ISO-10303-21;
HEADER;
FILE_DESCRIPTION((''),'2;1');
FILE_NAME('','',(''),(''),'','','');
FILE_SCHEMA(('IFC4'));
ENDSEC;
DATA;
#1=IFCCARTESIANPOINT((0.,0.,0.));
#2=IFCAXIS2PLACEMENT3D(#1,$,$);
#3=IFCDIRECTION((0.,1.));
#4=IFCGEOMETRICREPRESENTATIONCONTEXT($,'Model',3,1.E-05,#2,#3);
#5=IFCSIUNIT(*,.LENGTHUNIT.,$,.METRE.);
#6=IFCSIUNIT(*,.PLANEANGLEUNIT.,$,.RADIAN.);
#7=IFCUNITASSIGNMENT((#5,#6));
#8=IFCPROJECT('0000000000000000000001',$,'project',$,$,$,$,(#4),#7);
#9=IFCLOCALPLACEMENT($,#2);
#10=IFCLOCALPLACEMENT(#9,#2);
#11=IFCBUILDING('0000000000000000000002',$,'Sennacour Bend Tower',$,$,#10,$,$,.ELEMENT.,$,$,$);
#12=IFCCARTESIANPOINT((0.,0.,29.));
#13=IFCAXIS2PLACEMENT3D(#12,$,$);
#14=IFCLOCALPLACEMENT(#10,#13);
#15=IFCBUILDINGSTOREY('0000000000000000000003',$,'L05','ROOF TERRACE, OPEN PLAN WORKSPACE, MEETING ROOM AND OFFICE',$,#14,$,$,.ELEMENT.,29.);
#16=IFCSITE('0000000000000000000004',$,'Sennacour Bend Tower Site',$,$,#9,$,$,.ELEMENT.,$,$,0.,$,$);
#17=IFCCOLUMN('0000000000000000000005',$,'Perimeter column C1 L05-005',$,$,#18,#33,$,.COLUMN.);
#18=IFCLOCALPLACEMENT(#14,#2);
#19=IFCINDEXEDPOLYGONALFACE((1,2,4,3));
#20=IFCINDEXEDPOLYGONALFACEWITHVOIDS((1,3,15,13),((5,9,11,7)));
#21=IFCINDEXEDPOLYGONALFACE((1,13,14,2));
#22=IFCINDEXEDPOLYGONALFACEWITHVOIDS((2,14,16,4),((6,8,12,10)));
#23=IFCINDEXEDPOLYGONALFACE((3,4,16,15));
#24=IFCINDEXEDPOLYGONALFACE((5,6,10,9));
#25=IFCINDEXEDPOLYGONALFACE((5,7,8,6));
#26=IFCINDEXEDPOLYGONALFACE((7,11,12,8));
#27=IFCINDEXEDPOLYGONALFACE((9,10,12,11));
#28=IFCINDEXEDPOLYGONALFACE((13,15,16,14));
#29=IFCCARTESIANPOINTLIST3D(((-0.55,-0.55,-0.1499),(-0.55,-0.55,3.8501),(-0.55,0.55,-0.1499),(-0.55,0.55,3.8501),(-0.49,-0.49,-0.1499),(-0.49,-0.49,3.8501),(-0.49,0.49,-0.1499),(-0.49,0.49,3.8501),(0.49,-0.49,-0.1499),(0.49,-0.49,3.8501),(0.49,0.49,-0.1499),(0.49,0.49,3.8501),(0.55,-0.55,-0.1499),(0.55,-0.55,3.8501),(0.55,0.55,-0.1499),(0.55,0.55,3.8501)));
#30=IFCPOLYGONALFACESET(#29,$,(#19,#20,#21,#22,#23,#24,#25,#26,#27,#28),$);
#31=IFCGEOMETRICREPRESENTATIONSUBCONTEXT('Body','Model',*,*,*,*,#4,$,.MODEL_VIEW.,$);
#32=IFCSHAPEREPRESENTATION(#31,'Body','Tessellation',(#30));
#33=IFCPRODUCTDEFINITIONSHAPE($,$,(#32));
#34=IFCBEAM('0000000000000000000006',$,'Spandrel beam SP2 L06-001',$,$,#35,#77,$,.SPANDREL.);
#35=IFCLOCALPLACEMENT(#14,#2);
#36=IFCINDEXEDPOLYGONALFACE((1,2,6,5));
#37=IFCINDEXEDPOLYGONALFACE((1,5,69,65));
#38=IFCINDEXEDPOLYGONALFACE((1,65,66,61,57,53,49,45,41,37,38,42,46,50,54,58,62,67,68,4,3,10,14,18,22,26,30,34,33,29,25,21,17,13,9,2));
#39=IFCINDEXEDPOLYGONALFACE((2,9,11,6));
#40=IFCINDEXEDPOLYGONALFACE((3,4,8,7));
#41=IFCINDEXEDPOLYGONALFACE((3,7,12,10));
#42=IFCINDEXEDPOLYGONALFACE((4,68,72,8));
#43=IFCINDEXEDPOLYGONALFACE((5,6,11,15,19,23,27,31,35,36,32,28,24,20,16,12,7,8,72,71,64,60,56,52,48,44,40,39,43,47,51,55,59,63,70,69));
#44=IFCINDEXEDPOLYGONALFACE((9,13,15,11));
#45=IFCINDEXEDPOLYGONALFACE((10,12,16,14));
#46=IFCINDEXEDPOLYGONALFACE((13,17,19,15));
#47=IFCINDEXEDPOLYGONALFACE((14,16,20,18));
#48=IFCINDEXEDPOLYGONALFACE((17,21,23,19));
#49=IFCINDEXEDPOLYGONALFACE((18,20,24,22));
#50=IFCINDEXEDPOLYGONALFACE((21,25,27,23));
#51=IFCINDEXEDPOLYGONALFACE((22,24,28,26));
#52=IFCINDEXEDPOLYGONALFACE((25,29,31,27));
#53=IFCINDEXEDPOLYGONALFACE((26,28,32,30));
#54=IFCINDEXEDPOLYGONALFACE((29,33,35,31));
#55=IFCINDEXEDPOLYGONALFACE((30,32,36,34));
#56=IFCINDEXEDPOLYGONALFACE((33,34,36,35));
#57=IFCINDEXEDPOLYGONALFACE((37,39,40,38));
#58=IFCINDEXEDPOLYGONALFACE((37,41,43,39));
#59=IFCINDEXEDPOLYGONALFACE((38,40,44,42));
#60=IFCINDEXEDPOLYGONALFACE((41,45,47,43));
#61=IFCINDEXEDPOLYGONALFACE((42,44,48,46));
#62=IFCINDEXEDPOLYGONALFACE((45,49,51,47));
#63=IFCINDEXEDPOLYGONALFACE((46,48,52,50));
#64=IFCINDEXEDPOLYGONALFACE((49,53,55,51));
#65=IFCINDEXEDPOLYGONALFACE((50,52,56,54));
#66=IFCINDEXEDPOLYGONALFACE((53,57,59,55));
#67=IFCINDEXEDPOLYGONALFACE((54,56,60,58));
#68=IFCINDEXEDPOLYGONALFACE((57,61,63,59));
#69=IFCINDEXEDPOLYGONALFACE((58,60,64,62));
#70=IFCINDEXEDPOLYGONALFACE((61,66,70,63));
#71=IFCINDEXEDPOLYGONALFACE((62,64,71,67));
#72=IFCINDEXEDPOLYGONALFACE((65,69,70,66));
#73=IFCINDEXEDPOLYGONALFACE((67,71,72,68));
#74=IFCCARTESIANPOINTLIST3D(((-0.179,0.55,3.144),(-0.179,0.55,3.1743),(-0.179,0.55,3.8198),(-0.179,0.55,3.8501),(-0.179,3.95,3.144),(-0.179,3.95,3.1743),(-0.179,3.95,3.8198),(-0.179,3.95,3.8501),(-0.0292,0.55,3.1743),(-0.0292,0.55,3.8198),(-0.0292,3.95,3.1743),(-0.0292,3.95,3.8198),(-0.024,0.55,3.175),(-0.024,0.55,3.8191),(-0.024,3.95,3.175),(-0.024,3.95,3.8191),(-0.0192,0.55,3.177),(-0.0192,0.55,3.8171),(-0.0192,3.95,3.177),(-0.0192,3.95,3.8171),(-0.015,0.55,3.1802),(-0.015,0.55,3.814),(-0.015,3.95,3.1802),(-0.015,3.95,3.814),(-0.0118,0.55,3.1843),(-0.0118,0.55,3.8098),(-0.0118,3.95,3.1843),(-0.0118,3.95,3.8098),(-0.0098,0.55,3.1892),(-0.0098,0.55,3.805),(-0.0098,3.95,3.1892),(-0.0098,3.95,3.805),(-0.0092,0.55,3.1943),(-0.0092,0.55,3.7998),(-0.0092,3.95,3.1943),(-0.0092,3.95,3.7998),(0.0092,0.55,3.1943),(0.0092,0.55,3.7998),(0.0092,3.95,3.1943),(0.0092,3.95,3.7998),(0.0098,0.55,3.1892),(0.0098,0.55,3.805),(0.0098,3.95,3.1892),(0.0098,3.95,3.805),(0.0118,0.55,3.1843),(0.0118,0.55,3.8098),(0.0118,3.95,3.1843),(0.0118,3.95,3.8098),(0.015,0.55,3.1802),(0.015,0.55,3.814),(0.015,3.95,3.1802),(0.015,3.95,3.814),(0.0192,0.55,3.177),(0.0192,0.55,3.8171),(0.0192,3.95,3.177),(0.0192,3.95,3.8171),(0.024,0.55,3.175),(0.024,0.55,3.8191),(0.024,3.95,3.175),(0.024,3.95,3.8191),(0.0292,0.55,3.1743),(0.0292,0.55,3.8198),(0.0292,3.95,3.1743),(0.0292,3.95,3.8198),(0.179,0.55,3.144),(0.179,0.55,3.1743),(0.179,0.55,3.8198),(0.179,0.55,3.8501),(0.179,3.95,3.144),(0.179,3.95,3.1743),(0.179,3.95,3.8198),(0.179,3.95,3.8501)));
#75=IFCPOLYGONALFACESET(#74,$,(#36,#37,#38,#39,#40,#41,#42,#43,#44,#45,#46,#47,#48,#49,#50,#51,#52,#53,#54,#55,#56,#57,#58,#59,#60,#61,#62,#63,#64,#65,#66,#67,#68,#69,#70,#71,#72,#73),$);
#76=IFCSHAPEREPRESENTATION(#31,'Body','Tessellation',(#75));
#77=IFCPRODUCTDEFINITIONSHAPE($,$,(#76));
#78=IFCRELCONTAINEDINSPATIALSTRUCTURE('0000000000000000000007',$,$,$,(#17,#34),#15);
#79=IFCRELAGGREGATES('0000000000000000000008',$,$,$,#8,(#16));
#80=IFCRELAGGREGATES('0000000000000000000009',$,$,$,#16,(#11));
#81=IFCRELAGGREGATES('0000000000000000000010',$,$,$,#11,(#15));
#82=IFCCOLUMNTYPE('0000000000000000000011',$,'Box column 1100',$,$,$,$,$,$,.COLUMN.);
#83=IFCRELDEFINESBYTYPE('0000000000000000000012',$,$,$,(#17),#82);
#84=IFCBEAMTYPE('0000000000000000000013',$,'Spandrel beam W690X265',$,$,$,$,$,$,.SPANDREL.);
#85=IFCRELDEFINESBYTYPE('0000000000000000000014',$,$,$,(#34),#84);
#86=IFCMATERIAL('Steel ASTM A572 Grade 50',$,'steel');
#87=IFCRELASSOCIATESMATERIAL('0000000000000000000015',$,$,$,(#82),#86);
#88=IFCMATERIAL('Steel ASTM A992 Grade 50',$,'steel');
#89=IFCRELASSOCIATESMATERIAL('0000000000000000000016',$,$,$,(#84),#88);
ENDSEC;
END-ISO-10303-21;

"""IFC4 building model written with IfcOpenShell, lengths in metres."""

from ifc_helpers import new_model, si_unit, direction, frame, origin, origin_2d, place, context, subcontext, project, spatial, hollow_rectangle, i_section, extrude, material, material_profile, profile_set, type_object, element, save


model = new_model("IFC4")

# Units and contexts
model_context = context("Model", 3, precision=1e-05, world=origin(), true_north=direction((0.0, 1.0)))
body_context = subcontext(model_context, "Body", "Model", "MODEL_VIEW")
ifc_project = project(units=[si_unit("LENGTHUNIT", "METRE"), si_unit("PLANEANGLEUNIT", "RADIAN")], contexts=[model_context])

# Site, building, storey
site_placement = place(None, origin())
site = spatial("IfcSite", under=ifc_project, at=site_placement, Name="Sennacour Bend Tower Site", CompositionType="ELEMENT", RefElevation=0.0)
building_placement = place(site_placement, origin())
building = spatial("IfcBuilding", under=site, at=building_placement, Name="Sennacour Bend Tower", CompositionType="ELEMENT")
storey_placement = place(building_placement, frame((0.0, 0.0, 29.0)))
storey = spatial("IfcBuildingStorey", under=building, at=storey_placement, Name="L05", Description="ROOF TERRACE, OPEN PLAN WORKSPACE, MEETING ROOM AND OFFICE", CompositionType="ELEMENT", Elevation=29.0)

# Column
ifc_material_1 = material(Name="Steel ASTM A572 Grade 50", Category="steel")
ifc_material_profile_1 = material_profile(ifc_material_1, hollow_rectangle(XDim=1.1001, YDim=1.1001, WallThickness=0.0601, at=origin_2d()), Name="Steel ASTM A572 Grade 50", Category="steel")
ifc_profile_set_1 = profile_set([ifc_material_profile_1], Name="Steel ASTM A572 Grade 50")
column_type = type_object("IfcColumnType", Name="Box column 1100", PredefinedType="COLUMN", material=ifc_profile_set_1)
column_placement = place(storey_placement, frame((0.0, 0.0, -0.1499), z_axis=(0.0, 0.0, 1.0), x_axis=(1.0, 0.0, 0.0)))
element("IfcColumn", 1, at=column_placement, inside=storey, type_object=column_type, Name="Perimeter column C1 L05-005", PredefinedType="COLUMN", context=body_context, shape_type="SweptSolid", body=[
    extrude(hollow_rectangle(XDim=1.1001, YDim=1.1001, WallThickness=0.0601, at=origin_2d()), origin(), (0.0, 0.0, 1.0), 4.0),
])

# Beam
ifc_material_2 = material(Name="Steel ASTM A992 Grade 50", Category="steel")
ifc_material_profile_2 = material_profile(ifc_material_2, i_section(OverallWidth=0.3579, OverallDepth=0.7061, WebThickness=0.0183, FlangeThickness=0.0303, FilletRadius=0.02, at=origin_2d()), Name="Steel ASTM A992 Grade 50", Category="steel")
ifc_profile_set_2 = profile_set([ifc_material_profile_2], Name="Steel ASTM A992 Grade 50")
beam_type = type_object("IfcBeamType", Name="Spandrel beam W690X265", PredefinedType="SPANDREL", material=ifc_profile_set_2)
beam_placement = place(storey_placement, frame((0.0, 0.55, 3.4971), z_axis=(0.0, 1.0, 0.0), x_axis=(-1.0, 0.0, 0.0)))
element("IfcBeam", 2, at=beam_placement, inside=storey, type_object=beam_type, Name="Spandrel beam SP2 L06-001", PredefinedType="SPANDREL", context=body_context, shape_type="SweptSolid", body=[
    extrude(i_section(OverallWidth=0.3579, OverallDepth=0.7061, WebThickness=0.0183, FlangeThickness=0.0303, FilletRadius=0.02, at=origin_2d()), origin(), (0.0, 0.0, 1.0), 3.3999),
])

save(model, "model.ifc")
